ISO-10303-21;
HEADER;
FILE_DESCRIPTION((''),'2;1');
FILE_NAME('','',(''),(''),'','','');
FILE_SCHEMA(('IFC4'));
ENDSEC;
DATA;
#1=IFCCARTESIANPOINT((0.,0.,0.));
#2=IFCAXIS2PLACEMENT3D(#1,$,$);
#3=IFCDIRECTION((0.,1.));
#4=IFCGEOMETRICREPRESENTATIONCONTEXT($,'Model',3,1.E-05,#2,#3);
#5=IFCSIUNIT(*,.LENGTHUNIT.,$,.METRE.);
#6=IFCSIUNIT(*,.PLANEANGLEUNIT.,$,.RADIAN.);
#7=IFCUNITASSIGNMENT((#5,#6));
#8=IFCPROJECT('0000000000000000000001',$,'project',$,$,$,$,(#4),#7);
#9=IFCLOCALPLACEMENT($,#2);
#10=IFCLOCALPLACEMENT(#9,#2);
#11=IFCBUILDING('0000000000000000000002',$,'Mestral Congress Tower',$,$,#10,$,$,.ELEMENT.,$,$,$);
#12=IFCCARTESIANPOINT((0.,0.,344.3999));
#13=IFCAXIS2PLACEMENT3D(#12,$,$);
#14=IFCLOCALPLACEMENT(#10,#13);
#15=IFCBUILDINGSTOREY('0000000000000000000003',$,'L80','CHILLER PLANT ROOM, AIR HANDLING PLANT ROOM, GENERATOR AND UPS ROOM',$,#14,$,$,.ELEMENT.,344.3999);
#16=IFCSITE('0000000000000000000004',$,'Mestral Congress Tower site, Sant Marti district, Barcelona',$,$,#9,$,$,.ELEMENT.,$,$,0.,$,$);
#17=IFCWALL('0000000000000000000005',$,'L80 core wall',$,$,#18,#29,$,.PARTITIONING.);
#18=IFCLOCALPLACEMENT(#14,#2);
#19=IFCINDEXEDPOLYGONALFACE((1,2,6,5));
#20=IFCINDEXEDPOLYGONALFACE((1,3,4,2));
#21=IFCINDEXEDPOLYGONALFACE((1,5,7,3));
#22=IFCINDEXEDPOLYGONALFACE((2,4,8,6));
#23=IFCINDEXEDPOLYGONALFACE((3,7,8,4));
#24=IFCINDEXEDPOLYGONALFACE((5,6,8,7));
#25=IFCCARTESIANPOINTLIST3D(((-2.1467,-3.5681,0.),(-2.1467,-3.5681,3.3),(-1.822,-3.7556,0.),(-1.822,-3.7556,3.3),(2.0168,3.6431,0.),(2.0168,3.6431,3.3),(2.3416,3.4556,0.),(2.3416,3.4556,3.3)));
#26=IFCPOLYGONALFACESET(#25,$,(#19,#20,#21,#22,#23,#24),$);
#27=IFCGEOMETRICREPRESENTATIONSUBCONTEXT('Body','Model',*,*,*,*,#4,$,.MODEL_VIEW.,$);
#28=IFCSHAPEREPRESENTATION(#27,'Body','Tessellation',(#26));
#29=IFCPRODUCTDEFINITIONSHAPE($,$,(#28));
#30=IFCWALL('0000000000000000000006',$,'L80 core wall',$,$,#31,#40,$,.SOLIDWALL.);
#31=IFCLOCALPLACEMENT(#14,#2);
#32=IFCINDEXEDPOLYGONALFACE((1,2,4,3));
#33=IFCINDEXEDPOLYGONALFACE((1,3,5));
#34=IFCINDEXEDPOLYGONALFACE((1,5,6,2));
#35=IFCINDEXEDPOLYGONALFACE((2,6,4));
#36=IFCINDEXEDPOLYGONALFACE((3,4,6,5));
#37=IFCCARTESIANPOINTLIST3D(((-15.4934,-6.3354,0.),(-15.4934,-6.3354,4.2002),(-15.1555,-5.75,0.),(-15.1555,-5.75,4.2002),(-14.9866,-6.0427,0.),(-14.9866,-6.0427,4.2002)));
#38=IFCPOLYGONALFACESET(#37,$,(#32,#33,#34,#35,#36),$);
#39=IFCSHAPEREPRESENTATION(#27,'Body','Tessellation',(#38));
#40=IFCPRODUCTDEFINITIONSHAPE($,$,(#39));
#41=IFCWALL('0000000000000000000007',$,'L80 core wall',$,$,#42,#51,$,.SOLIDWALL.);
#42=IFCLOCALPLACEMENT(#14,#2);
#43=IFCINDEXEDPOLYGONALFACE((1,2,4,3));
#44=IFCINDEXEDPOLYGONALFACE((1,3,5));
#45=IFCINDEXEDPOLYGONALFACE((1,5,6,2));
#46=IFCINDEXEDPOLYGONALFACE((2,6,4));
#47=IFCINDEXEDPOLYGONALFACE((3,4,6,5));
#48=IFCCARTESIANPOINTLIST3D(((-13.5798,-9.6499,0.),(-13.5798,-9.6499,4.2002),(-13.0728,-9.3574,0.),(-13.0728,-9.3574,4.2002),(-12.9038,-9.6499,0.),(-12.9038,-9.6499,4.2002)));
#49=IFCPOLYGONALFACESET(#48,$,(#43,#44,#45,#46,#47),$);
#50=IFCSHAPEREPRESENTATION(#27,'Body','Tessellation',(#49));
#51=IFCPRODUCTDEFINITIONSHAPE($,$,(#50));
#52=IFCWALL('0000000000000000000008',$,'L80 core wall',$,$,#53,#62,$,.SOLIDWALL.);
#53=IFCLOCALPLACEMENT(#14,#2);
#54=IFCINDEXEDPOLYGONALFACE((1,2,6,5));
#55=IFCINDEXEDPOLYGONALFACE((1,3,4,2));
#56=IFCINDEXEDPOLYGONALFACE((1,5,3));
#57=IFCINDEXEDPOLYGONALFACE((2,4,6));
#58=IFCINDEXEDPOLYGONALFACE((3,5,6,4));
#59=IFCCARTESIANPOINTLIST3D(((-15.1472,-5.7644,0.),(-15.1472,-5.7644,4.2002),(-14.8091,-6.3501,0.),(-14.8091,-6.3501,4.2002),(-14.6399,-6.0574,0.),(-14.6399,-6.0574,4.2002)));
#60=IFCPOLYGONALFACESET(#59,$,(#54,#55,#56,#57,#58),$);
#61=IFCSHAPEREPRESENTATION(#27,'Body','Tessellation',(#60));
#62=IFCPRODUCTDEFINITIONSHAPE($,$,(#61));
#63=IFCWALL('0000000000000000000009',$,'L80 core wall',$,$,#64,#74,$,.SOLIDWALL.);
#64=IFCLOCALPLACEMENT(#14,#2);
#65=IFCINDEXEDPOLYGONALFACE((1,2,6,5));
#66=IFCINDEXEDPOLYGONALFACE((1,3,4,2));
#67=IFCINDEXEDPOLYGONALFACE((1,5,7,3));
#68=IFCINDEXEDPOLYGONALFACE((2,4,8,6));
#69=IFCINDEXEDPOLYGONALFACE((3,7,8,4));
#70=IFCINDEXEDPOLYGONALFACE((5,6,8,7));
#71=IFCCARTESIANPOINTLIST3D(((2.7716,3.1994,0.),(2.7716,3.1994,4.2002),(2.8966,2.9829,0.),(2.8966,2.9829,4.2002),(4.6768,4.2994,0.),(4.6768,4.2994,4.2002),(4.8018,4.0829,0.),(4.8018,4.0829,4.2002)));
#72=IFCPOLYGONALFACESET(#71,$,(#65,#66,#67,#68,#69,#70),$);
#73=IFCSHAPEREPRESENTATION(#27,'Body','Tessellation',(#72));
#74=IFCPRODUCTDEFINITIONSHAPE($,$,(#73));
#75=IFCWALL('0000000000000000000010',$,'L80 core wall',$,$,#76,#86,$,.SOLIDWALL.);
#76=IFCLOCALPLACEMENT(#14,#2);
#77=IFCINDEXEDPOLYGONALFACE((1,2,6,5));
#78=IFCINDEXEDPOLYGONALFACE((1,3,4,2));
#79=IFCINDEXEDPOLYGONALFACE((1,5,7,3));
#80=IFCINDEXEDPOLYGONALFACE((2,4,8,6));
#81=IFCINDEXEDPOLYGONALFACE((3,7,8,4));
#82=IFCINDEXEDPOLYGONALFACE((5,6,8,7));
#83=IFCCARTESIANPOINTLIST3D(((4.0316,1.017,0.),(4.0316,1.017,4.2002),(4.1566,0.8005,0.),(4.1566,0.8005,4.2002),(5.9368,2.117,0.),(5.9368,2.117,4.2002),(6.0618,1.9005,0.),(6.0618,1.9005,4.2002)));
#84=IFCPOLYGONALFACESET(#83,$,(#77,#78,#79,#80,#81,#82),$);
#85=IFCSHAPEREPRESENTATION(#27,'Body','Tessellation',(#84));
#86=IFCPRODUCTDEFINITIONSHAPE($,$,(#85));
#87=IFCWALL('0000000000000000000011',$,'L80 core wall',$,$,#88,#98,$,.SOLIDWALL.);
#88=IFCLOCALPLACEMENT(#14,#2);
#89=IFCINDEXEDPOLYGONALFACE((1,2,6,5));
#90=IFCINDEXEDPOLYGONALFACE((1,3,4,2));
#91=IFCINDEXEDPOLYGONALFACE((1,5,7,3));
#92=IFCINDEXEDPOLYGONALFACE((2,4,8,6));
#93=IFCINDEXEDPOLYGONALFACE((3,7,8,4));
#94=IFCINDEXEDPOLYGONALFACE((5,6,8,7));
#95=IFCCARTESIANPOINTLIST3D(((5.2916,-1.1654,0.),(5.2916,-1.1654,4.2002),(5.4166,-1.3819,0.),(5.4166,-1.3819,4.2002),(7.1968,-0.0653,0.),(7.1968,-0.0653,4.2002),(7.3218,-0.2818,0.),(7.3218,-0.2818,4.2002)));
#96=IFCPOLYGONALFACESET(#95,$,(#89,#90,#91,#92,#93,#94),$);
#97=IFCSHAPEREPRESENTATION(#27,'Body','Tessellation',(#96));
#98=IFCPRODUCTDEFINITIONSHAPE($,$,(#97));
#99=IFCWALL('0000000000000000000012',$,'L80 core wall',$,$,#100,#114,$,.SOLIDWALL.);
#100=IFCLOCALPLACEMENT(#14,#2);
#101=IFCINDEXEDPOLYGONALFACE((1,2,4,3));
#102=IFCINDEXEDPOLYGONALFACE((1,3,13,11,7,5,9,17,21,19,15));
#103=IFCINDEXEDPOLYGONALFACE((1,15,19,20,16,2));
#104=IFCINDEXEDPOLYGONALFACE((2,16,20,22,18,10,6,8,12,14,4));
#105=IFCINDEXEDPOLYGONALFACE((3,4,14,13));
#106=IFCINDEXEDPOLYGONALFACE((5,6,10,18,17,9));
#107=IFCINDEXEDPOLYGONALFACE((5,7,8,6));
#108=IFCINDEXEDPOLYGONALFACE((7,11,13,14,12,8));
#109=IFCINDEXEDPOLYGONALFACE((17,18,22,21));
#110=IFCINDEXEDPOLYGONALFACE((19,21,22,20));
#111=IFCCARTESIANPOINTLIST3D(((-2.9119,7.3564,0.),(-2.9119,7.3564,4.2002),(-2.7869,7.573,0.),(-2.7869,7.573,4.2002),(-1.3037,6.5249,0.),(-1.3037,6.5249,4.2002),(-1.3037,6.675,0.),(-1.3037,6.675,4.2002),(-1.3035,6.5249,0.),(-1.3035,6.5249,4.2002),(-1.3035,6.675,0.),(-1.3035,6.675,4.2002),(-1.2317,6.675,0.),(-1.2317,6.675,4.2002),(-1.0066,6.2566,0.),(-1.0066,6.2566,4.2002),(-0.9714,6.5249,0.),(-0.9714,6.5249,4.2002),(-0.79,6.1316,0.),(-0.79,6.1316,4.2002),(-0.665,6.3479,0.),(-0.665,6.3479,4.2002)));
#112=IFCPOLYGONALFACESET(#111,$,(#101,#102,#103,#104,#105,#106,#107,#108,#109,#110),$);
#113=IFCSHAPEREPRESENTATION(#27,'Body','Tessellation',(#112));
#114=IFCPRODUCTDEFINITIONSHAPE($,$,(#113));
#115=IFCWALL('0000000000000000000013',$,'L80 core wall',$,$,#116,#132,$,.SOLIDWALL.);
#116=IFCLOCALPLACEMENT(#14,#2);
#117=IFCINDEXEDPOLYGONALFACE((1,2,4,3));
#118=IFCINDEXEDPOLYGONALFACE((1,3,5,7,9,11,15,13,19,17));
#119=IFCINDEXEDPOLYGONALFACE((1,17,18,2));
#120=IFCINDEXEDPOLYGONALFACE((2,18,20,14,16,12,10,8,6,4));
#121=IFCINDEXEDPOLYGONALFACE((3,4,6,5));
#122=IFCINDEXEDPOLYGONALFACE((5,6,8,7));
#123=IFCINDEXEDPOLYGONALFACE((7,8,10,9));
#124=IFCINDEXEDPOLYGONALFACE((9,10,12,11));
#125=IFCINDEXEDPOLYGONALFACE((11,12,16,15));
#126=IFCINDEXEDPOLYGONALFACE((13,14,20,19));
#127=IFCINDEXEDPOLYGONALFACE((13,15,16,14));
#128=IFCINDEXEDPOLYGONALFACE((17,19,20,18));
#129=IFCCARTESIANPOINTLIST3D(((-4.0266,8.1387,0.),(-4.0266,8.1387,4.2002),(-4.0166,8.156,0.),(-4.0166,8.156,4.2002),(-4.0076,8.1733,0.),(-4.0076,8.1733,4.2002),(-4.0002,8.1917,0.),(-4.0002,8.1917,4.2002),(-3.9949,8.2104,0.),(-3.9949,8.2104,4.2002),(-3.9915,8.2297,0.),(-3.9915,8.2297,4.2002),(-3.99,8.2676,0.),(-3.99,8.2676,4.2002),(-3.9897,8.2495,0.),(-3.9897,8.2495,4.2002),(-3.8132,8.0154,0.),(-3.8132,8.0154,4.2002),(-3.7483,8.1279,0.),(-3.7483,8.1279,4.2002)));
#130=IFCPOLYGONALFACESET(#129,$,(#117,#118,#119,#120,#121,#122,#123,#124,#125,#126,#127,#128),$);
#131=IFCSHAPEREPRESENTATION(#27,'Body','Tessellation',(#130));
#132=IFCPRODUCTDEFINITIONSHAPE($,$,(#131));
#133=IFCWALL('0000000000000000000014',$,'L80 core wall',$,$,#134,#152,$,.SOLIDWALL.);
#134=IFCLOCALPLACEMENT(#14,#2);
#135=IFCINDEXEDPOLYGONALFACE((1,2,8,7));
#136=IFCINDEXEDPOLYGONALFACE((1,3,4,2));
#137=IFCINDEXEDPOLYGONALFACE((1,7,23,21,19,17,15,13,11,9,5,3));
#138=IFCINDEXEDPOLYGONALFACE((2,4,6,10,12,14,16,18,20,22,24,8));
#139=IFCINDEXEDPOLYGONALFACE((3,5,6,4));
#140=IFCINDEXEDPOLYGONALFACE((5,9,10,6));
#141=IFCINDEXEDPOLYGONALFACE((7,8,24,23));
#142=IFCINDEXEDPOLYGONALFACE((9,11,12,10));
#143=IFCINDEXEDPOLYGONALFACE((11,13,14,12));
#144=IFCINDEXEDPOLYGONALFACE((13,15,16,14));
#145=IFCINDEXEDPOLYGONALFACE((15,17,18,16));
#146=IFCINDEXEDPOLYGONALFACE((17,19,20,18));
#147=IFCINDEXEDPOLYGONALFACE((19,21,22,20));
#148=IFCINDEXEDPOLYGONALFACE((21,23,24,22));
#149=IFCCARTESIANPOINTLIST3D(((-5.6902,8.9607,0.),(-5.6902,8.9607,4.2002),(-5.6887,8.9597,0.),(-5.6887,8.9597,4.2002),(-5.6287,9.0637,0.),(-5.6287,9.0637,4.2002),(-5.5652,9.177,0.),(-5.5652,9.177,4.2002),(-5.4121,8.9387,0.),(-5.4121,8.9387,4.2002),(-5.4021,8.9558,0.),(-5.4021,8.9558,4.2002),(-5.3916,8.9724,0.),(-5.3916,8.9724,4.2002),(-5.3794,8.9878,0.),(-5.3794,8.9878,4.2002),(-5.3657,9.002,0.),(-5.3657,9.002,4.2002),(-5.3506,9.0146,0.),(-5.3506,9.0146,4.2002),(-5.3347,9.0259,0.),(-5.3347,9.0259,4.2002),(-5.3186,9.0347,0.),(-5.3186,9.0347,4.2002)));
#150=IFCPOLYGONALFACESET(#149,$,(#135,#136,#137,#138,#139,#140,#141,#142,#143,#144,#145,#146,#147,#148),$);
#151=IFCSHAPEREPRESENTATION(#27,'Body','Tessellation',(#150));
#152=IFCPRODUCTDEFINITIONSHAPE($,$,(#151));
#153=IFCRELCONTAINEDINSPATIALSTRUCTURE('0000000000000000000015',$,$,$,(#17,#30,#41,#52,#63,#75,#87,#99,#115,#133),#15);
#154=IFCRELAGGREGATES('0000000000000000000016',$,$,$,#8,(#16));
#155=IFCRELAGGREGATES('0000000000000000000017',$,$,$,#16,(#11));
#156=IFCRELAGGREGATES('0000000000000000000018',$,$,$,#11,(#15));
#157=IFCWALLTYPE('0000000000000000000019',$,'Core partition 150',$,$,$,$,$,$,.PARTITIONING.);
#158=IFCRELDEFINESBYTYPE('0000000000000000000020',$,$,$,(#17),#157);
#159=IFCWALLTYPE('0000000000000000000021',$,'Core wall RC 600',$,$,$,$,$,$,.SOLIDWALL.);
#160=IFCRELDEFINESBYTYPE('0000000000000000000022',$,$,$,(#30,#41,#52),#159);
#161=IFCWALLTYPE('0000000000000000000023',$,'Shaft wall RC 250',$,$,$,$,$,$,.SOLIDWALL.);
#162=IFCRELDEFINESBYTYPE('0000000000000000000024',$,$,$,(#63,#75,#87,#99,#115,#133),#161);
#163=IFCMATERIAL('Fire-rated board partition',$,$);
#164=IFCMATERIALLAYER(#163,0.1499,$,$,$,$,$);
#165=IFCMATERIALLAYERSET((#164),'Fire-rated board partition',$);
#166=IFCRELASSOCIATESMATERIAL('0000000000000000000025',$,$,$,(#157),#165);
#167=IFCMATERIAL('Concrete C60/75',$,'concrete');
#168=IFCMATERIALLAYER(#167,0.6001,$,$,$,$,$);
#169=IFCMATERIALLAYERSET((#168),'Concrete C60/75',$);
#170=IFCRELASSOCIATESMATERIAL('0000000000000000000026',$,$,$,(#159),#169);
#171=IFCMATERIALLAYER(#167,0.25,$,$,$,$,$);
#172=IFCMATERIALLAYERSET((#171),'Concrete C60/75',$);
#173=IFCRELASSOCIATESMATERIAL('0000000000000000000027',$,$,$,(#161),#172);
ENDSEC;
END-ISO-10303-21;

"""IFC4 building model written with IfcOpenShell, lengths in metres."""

from ifc_helpers import new_model, si_unit, direction, frame, frame_2d, origin, place, context, subcontext, project, spatial, polyline, rectangle, outline, extrude, material, layer, layer_set, type_object, element, save


model = new_model("IFC4")

# Units and contexts
model_context = context("Model", 3, precision=1e-05, world=origin(), true_north=direction((0.0, 1.0)))
body_context = subcontext(model_context, "Body", "Model", "MODEL_VIEW")
ifc_project = project(units=[si_unit("LENGTHUNIT", "METRE"), si_unit("PLANEANGLEUNIT", "RADIAN")], contexts=[model_context])

# Site, building, storey
site_placement = place(None, origin())
site = spatial("IfcSite", under=ifc_project, at=site_placement, Name="Mestral Congress Tower site, Sant Marti district, Barcelona", CompositionType="ELEMENT", RefElevation=0.0)
building_placement = place(site_placement, origin())
building = spatial("IfcBuilding", under=site, at=building_placement, Name="Mestral Congress Tower", CompositionType="ELEMENT")
storey_placement = place(building_placement, frame((0.0, 0.0, 344.3999)))
storey = spatial("IfcBuildingStorey", under=building, at=storey_placement, Name="L80", Description="CHILLER PLANT ROOM, AIR HANDLING PLANT ROOM, GENERATOR AND UPS ROOM", CompositionType="ELEMENT", Elevation=344.3999)

# Walls
ifc_material_1 = material(Name="Fire-rated board partition")
ifc_layer_1 = layer(ifc_material_1, 0.1499)
ifc_layer_set_1 = layer_set([ifc_layer_1], Name="Fire-rated board partition")
wall_type_1 = type_object("IfcWallType", Name="Core partition 150", PredefinedType="PARTITIONING", material=ifc_layer_set_1)
placement = place(storey_placement, origin())
element("IfcWall", 1, at=placement, inside=storey, type_object=wall_type_1, Name="L80 core wall", PredefinedType="PARTITIONING", context=body_context, shape_type="SweptSolid", body=[
    extrude(outline(polyline([(2.0168, 3.6431), (2.3416, 3.4556), (-1.822, -3.7556), (-2.1467, -3.5681), (2.0168, 3.6431)])), origin(), (0.0, 0.0, 1.0), 3.3),
])
ifc_material_2 = material(Name="Concrete C60/75", Category="concrete")
ifc_layer_2 = layer(ifc_material_2, 0.6001)
ifc_layer_set_2 = layer_set([ifc_layer_2], Name="Concrete C60/75")
wall_type_2 = type_object("IfcWallType", Name="Core wall RC 600", PredefinedType="SOLIDWALL", material=ifc_layer_set_2)
element("IfcWall", 2, at=placement, inside=storey, type_object=wall_type_2, Name="L80 core wall", PredefinedType="SOLIDWALL", context=body_context, shape_type="SweptSolid", body=[
    extrude(outline(polyline([(-14.9866, -6.0427), (-15.4934, -6.3354), (-15.1555, -5.75), (-14.9866, -6.0427)])), origin(), (0.0, 0.0, 1.0), 4.2002),
])
element("IfcWall", 3, at=placement, inside=storey, type_object=wall_type_2, Name="L80 core wall", PredefinedType="SOLIDWALL", context=body_context, shape_type="SweptSolid", body=[
    extrude(outline(polyline([(-12.9038, -9.6499), (-13.5798, -9.6499), (-13.0728, -9.3574), (-12.9038, -9.6499)])), origin(), (0.0, 0.0, 1.0), 4.2002),
])
element("IfcWall", 4, at=placement, inside=storey, type_object=wall_type_2, Name="L80 core wall", PredefinedType="SOLIDWALL", context=body_context, shape_type="SweptSolid", body=[
    extrude(outline(polyline([(-14.8091, -6.3501), (-15.1472, -5.7644), (-14.6399, -6.0574), (-14.8091, -6.3501)])), origin(), (0.0, 0.0, 1.0), 4.2002),
])
ifc_layer_3 = layer(ifc_material_2, 0.25)
ifc_layer_set_3 = layer_set([ifc_layer_3], Name="Concrete C60/75")
wall_type_3 = type_object("IfcWallType", Name="Shaft wall RC 250", PredefinedType="SOLIDWALL", material=ifc_layer_set_3)
for number, where, z_axis, x_axis, name in (
    (5, (2.834, 3.0911, 0.0), (0.0, 0.0, 1.0), (0.866008, 0.50003, 0.0), "L80 core wall"),
    (6, (4.094, 0.9087, 0.0), (0.0, 0.0, 1.0), (0.866008, 0.50003, 0.0), "L80 core wall"),
    (7, (5.354, -1.2737, 0.0), (0.0, 0.0, 1.0), (0.866008, 0.50003, 0.0), "L80 core wall"),
):
    element("IfcWall", number, at=place(storey_placement, frame(where, z_axis=z_axis, x_axis=x_axis)), inside=storey, type_object=wall_type_3, Name=name, PredefinedType="SOLIDWALL", context=body_context, shape_type="SweptSolid", body=[
        extrude(rectangle(XDim=2.2, YDim=0.25, at=frame_2d((1.1001, 0.0))), origin(), (0.0, 0.0, 1.0), 4.2002),
    ])
element("IfcWall", 8, at=placement, inside=storey, type_object=wall_type_3, Name="L80 core wall", PredefinedType="SOLIDWALL", context=body_context, shape_type="SweptSolid", body=[
    extrude(outline(polyline([(-2.9119, 7.3564), (-2.7869, 7.573), (-1.2317, 6.675), (-1.3035, 6.675), (-1.3037, 6.675), (-1.3037, 6.675), (-1.3037, 6.5249), (-1.3037, 6.5249), (-1.3035, 6.5249), (-0.9714, 6.5249), (-0.665, 6.3479), (-0.79, 6.1316), (-1.0066, 6.2566), (-1.0066, 6.2566), (-2.9119, 7.3564)])), origin(), (0.0, 0.0, 1.0), 4.2002),
])
element("IfcWall", 9, at=placement, inside=storey, type_object=wall_type_3, Name="L80 core wall", PredefinedType="SOLIDWALL", context=body_context, shape_type="SweptSolid", body=[
    extrude(outline(polyline([(-3.7483, 8.1279), (-3.8132, 8.0154), (-4.0266, 8.1387), (-4.0166, 8.156), (-4.0076, 8.1733), (-4.0002, 8.1917), (-3.9949, 8.2104), (-3.9915, 8.2297), (-3.9897, 8.2495), (-3.99, 8.2676), (-3.7483, 8.1279)])), origin(), (0.0, 0.0, 1.0), 4.2002),
])
element("IfcWall", 10, at=placement, inside=storey, type_object=wall_type_3, Name="L80 core wall", PredefinedType="SOLIDWALL", context=body_context, shape_type="SweptSolid", body=[
    extrude(outline(polyline([(-5.6887, 8.9597), (-5.6902, 8.9607), (-5.5652, 9.177), (-5.3186, 9.0347), (-5.3347, 9.0259), (-5.3506, 9.0146), (-5.3657, 9.002), (-5.3794, 8.9878), (-5.3916, 8.9724), (-5.4021, 8.9558), (-5.4121, 8.9387), (-5.6287, 9.0637), (-5.6287, 9.0637), (-5.6887, 8.9597)])), origin(), (0.0, 0.0, 1.0), 4.2002),
])

save(model, "model.ifc")
